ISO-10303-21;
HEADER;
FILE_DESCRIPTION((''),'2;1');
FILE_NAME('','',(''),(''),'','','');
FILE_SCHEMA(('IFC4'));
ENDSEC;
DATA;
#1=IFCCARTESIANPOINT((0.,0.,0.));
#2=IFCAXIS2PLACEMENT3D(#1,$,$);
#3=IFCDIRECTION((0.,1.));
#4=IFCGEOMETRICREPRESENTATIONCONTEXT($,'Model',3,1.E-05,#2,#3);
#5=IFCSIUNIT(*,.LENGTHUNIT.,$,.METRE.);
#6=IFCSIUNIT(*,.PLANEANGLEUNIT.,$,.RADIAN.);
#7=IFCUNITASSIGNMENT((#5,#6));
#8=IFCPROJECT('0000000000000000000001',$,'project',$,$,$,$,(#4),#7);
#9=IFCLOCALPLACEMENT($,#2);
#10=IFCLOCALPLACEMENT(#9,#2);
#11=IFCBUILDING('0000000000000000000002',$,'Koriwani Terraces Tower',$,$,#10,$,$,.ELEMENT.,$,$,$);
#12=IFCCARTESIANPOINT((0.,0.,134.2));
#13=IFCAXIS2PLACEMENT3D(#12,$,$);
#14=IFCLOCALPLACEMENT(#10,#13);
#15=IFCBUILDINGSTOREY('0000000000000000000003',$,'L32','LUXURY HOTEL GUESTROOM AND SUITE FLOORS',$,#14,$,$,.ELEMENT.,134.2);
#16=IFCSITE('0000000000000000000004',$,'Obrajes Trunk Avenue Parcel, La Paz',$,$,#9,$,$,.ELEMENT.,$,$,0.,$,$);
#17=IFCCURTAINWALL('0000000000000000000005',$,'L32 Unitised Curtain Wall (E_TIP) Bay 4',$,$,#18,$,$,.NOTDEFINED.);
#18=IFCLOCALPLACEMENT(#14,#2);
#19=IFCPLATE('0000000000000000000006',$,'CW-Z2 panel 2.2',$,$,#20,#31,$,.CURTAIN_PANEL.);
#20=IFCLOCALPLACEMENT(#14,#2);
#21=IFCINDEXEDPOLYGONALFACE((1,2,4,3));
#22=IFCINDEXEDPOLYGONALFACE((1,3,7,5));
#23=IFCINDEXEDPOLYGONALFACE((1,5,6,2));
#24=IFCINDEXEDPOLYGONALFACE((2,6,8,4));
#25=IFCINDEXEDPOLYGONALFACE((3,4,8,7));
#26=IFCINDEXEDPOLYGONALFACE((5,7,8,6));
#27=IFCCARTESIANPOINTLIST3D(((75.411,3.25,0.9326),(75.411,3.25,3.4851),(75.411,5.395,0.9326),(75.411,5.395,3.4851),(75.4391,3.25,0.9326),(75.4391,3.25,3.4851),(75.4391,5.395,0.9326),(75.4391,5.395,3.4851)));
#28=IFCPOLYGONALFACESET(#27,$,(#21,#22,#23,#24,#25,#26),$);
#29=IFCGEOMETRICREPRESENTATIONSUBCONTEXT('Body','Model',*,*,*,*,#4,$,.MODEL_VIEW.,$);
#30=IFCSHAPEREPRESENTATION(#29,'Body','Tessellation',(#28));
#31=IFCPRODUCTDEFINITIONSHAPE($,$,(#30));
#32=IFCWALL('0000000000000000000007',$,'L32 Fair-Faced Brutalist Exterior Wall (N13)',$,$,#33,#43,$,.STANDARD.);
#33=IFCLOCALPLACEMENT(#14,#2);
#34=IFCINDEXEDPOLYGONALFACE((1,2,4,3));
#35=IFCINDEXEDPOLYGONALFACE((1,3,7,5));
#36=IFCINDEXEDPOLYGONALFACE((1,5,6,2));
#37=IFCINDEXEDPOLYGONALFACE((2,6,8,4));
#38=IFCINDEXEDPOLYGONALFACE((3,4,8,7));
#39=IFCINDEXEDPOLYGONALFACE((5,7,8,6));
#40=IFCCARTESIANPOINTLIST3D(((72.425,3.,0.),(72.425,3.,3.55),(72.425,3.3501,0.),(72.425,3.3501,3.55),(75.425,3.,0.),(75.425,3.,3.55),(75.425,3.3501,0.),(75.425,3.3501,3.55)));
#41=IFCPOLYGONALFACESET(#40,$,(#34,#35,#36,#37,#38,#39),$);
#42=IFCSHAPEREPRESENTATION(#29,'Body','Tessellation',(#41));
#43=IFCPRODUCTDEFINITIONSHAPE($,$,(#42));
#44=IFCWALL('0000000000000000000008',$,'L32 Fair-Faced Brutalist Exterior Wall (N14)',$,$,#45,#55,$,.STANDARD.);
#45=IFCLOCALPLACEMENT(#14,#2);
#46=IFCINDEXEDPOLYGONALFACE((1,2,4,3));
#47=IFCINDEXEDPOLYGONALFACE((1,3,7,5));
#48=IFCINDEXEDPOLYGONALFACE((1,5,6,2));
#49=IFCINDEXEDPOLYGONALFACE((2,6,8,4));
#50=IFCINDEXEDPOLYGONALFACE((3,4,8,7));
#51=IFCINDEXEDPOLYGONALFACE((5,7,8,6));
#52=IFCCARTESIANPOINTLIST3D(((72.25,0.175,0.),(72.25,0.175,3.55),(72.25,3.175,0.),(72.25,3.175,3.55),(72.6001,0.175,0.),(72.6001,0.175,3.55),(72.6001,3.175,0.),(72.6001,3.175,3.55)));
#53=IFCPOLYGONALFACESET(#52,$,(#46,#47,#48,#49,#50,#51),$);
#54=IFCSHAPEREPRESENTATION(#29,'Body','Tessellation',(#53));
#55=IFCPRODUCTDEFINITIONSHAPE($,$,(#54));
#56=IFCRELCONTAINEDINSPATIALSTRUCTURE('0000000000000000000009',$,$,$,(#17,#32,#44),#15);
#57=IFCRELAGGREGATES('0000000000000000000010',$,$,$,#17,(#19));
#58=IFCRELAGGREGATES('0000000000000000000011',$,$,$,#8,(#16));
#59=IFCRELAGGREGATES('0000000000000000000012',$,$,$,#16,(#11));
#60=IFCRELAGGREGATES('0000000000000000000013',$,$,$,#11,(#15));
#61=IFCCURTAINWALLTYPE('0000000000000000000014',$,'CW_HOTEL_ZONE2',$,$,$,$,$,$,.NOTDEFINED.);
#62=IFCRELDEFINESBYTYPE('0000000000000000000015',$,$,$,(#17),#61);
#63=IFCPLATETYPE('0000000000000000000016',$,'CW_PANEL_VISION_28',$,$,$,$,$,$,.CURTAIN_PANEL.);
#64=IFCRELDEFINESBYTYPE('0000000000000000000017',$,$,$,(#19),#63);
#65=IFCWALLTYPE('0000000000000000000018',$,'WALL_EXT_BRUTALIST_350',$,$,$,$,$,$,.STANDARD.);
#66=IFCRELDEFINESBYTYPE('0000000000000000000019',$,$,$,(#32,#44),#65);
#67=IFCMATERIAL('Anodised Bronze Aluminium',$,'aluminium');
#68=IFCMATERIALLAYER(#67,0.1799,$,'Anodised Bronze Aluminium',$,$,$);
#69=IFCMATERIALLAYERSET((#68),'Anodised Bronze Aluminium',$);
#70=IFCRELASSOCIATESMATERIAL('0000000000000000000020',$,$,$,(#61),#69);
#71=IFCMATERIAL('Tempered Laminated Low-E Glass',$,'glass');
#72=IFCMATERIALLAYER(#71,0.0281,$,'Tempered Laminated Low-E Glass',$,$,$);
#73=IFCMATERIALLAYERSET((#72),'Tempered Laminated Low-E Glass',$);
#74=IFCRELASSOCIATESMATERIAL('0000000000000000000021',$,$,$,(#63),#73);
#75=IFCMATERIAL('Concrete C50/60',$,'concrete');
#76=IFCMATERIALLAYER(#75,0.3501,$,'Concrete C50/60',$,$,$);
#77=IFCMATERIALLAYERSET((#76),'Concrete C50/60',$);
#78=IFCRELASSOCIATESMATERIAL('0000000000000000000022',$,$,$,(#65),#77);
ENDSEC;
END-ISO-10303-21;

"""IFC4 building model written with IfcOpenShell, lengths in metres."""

from ifc_helpers import new_model, si_unit, direction, frame, frame_2d, origin, origin_2d, place, context, subcontext, project, spatial, rectangle, extrude, material, layer, layer_set, type_object, element, aggregate, save


model = new_model("IFC4")

# Units and contexts
model_context = context("Model", 3, precision=1e-05, world=origin(), true_north=direction((0.0, 1.0)))
body_context = subcontext(model_context, "Body", "Model", "MODEL_VIEW")
ifc_project = project(units=[si_unit("LENGTHUNIT", "METRE"), si_unit("PLANEANGLEUNIT", "RADIAN")], contexts=[model_context])

# Site, building, storey
site_placement = place(None, origin())
site = spatial("IfcSite", under=ifc_project, at=site_placement, Name="Obrajes Trunk Avenue Parcel, La Paz", CompositionType="ELEMENT", RefElevation=0.0)
building_placement = place(site_placement, origin())
building = spatial("IfcBuilding", under=site, at=building_placement, Name="Koriwani Terraces Tower", CompositionType="ELEMENT")
storey_placement = place(building_placement, frame((0.0, 0.0, 134.2)))
storey = spatial("IfcBuildingStorey", under=building, at=storey_placement, Name="L32", Description="LUXURY HOTEL GUESTROOM AND SUITE FLOORS", CompositionType="ELEMENT", Elevation=134.2)

# Curtain wall
ifc_material_1 = material(Name="Anodised Bronze Aluminium", Category="aluminium")
ifc_layer_1 = layer(ifc_material_1, 0.1799, Name="Anodised Bronze Aluminium")
ifc_layer_set_1 = layer_set([ifc_layer_1], Name="Anodised Bronze Aluminium")
curtain_wall_type = type_object("IfcCurtainWallType", Name="CW_HOTEL_ZONE2", PredefinedType="NOTDEFINED", material=ifc_layer_set_1)
curtain_wall_1_placement = place(storey_placement, origin())
curtain_wall_1 = element("IfcCurtainWall", 1, at=curtain_wall_1_placement, inside=storey, type_object=curtain_wall_type, Name="L32 Unitised Curtain Wall (E_TIP) Bay 4", PredefinedType="NOTDEFINED")

# Plate
ifc_material_2 = material(Name="Tempered Laminated Low-E Glass", Category="glass")
ifc_layer_2 = layer(ifc_material_2, 0.0281, Name="Tempered Laminated Low-E Glass")
ifc_layer_set_2 = layer_set([ifc_layer_2], Name="Tempered Laminated Low-E Glass")
plate_type = type_object("IfcPlateType", Name="CW_PANEL_VISION_28", PredefinedType="CURTAIN_PANEL", material=ifc_layer_set_2)
plate_1_placement = place(storey_placement, frame((75.425, 4.3225, 0.9326), z_axis=(0.0, 0.0, 1.0), x_axis=(0.0, -1.0, 0.0)))
plate_1 = element("IfcPlate", 2, at=plate_1_placement, type_object=plate_type, Name="CW-Z2 panel 2.2", PredefinedType="CURTAIN_PANEL", context=body_context, shape_type="SweptSolid", body=[
    extrude(rectangle(XDim=2.145, YDim=0.0281, at=origin_2d()), origin(), (0.0, 0.0, 1.0), 2.5525),
])
aggregate(curtain_wall_1, [plate_1])

# Walls
ifc_material_3 = material(Name="Concrete C50/60", Category="concrete")
ifc_layer_3 = layer(ifc_material_3, 0.3501, Name="Concrete C50/60")
ifc_layer_set_3 = layer_set([ifc_layer_3], Name="Concrete C50/60")
wall_type = type_object("IfcWallType", Name="WALL_EXT_BRUTALIST_350", PredefinedType="STANDARD", material=ifc_layer_set_3)
for number, where, z_axis, x_axis, name in (
    (3, (75.425, 3.175, 0.0), (0.0, 0.0, 1.0), (-1.0, 0.0, 0.0), "L32 Fair-Faced Brutalist Exterior Wall (N13)"),
    (4, (72.425, 3.175, 0.0), (0.0, 0.0, 1.0), (0.0, -1.0, 0.0), "L32 Fair-Faced Brutalist Exterior Wall (N14)"),
):
    element("IfcWall", number, at=place(storey_placement, frame(where, z_axis=z_axis, x_axis=x_axis)), inside=storey, type_object=wall_type, Name=name, PredefinedType="STANDARD", context=body_context, shape_type="SweptSolid", body=[
        extrude(rectangle(XDim=3.0, YDim=0.3501, at=frame_2d((1.5, 0.0))), origin(), (0.0, 0.0, 1.0), 3.55),
    ])

save(model, "model.ifc")
